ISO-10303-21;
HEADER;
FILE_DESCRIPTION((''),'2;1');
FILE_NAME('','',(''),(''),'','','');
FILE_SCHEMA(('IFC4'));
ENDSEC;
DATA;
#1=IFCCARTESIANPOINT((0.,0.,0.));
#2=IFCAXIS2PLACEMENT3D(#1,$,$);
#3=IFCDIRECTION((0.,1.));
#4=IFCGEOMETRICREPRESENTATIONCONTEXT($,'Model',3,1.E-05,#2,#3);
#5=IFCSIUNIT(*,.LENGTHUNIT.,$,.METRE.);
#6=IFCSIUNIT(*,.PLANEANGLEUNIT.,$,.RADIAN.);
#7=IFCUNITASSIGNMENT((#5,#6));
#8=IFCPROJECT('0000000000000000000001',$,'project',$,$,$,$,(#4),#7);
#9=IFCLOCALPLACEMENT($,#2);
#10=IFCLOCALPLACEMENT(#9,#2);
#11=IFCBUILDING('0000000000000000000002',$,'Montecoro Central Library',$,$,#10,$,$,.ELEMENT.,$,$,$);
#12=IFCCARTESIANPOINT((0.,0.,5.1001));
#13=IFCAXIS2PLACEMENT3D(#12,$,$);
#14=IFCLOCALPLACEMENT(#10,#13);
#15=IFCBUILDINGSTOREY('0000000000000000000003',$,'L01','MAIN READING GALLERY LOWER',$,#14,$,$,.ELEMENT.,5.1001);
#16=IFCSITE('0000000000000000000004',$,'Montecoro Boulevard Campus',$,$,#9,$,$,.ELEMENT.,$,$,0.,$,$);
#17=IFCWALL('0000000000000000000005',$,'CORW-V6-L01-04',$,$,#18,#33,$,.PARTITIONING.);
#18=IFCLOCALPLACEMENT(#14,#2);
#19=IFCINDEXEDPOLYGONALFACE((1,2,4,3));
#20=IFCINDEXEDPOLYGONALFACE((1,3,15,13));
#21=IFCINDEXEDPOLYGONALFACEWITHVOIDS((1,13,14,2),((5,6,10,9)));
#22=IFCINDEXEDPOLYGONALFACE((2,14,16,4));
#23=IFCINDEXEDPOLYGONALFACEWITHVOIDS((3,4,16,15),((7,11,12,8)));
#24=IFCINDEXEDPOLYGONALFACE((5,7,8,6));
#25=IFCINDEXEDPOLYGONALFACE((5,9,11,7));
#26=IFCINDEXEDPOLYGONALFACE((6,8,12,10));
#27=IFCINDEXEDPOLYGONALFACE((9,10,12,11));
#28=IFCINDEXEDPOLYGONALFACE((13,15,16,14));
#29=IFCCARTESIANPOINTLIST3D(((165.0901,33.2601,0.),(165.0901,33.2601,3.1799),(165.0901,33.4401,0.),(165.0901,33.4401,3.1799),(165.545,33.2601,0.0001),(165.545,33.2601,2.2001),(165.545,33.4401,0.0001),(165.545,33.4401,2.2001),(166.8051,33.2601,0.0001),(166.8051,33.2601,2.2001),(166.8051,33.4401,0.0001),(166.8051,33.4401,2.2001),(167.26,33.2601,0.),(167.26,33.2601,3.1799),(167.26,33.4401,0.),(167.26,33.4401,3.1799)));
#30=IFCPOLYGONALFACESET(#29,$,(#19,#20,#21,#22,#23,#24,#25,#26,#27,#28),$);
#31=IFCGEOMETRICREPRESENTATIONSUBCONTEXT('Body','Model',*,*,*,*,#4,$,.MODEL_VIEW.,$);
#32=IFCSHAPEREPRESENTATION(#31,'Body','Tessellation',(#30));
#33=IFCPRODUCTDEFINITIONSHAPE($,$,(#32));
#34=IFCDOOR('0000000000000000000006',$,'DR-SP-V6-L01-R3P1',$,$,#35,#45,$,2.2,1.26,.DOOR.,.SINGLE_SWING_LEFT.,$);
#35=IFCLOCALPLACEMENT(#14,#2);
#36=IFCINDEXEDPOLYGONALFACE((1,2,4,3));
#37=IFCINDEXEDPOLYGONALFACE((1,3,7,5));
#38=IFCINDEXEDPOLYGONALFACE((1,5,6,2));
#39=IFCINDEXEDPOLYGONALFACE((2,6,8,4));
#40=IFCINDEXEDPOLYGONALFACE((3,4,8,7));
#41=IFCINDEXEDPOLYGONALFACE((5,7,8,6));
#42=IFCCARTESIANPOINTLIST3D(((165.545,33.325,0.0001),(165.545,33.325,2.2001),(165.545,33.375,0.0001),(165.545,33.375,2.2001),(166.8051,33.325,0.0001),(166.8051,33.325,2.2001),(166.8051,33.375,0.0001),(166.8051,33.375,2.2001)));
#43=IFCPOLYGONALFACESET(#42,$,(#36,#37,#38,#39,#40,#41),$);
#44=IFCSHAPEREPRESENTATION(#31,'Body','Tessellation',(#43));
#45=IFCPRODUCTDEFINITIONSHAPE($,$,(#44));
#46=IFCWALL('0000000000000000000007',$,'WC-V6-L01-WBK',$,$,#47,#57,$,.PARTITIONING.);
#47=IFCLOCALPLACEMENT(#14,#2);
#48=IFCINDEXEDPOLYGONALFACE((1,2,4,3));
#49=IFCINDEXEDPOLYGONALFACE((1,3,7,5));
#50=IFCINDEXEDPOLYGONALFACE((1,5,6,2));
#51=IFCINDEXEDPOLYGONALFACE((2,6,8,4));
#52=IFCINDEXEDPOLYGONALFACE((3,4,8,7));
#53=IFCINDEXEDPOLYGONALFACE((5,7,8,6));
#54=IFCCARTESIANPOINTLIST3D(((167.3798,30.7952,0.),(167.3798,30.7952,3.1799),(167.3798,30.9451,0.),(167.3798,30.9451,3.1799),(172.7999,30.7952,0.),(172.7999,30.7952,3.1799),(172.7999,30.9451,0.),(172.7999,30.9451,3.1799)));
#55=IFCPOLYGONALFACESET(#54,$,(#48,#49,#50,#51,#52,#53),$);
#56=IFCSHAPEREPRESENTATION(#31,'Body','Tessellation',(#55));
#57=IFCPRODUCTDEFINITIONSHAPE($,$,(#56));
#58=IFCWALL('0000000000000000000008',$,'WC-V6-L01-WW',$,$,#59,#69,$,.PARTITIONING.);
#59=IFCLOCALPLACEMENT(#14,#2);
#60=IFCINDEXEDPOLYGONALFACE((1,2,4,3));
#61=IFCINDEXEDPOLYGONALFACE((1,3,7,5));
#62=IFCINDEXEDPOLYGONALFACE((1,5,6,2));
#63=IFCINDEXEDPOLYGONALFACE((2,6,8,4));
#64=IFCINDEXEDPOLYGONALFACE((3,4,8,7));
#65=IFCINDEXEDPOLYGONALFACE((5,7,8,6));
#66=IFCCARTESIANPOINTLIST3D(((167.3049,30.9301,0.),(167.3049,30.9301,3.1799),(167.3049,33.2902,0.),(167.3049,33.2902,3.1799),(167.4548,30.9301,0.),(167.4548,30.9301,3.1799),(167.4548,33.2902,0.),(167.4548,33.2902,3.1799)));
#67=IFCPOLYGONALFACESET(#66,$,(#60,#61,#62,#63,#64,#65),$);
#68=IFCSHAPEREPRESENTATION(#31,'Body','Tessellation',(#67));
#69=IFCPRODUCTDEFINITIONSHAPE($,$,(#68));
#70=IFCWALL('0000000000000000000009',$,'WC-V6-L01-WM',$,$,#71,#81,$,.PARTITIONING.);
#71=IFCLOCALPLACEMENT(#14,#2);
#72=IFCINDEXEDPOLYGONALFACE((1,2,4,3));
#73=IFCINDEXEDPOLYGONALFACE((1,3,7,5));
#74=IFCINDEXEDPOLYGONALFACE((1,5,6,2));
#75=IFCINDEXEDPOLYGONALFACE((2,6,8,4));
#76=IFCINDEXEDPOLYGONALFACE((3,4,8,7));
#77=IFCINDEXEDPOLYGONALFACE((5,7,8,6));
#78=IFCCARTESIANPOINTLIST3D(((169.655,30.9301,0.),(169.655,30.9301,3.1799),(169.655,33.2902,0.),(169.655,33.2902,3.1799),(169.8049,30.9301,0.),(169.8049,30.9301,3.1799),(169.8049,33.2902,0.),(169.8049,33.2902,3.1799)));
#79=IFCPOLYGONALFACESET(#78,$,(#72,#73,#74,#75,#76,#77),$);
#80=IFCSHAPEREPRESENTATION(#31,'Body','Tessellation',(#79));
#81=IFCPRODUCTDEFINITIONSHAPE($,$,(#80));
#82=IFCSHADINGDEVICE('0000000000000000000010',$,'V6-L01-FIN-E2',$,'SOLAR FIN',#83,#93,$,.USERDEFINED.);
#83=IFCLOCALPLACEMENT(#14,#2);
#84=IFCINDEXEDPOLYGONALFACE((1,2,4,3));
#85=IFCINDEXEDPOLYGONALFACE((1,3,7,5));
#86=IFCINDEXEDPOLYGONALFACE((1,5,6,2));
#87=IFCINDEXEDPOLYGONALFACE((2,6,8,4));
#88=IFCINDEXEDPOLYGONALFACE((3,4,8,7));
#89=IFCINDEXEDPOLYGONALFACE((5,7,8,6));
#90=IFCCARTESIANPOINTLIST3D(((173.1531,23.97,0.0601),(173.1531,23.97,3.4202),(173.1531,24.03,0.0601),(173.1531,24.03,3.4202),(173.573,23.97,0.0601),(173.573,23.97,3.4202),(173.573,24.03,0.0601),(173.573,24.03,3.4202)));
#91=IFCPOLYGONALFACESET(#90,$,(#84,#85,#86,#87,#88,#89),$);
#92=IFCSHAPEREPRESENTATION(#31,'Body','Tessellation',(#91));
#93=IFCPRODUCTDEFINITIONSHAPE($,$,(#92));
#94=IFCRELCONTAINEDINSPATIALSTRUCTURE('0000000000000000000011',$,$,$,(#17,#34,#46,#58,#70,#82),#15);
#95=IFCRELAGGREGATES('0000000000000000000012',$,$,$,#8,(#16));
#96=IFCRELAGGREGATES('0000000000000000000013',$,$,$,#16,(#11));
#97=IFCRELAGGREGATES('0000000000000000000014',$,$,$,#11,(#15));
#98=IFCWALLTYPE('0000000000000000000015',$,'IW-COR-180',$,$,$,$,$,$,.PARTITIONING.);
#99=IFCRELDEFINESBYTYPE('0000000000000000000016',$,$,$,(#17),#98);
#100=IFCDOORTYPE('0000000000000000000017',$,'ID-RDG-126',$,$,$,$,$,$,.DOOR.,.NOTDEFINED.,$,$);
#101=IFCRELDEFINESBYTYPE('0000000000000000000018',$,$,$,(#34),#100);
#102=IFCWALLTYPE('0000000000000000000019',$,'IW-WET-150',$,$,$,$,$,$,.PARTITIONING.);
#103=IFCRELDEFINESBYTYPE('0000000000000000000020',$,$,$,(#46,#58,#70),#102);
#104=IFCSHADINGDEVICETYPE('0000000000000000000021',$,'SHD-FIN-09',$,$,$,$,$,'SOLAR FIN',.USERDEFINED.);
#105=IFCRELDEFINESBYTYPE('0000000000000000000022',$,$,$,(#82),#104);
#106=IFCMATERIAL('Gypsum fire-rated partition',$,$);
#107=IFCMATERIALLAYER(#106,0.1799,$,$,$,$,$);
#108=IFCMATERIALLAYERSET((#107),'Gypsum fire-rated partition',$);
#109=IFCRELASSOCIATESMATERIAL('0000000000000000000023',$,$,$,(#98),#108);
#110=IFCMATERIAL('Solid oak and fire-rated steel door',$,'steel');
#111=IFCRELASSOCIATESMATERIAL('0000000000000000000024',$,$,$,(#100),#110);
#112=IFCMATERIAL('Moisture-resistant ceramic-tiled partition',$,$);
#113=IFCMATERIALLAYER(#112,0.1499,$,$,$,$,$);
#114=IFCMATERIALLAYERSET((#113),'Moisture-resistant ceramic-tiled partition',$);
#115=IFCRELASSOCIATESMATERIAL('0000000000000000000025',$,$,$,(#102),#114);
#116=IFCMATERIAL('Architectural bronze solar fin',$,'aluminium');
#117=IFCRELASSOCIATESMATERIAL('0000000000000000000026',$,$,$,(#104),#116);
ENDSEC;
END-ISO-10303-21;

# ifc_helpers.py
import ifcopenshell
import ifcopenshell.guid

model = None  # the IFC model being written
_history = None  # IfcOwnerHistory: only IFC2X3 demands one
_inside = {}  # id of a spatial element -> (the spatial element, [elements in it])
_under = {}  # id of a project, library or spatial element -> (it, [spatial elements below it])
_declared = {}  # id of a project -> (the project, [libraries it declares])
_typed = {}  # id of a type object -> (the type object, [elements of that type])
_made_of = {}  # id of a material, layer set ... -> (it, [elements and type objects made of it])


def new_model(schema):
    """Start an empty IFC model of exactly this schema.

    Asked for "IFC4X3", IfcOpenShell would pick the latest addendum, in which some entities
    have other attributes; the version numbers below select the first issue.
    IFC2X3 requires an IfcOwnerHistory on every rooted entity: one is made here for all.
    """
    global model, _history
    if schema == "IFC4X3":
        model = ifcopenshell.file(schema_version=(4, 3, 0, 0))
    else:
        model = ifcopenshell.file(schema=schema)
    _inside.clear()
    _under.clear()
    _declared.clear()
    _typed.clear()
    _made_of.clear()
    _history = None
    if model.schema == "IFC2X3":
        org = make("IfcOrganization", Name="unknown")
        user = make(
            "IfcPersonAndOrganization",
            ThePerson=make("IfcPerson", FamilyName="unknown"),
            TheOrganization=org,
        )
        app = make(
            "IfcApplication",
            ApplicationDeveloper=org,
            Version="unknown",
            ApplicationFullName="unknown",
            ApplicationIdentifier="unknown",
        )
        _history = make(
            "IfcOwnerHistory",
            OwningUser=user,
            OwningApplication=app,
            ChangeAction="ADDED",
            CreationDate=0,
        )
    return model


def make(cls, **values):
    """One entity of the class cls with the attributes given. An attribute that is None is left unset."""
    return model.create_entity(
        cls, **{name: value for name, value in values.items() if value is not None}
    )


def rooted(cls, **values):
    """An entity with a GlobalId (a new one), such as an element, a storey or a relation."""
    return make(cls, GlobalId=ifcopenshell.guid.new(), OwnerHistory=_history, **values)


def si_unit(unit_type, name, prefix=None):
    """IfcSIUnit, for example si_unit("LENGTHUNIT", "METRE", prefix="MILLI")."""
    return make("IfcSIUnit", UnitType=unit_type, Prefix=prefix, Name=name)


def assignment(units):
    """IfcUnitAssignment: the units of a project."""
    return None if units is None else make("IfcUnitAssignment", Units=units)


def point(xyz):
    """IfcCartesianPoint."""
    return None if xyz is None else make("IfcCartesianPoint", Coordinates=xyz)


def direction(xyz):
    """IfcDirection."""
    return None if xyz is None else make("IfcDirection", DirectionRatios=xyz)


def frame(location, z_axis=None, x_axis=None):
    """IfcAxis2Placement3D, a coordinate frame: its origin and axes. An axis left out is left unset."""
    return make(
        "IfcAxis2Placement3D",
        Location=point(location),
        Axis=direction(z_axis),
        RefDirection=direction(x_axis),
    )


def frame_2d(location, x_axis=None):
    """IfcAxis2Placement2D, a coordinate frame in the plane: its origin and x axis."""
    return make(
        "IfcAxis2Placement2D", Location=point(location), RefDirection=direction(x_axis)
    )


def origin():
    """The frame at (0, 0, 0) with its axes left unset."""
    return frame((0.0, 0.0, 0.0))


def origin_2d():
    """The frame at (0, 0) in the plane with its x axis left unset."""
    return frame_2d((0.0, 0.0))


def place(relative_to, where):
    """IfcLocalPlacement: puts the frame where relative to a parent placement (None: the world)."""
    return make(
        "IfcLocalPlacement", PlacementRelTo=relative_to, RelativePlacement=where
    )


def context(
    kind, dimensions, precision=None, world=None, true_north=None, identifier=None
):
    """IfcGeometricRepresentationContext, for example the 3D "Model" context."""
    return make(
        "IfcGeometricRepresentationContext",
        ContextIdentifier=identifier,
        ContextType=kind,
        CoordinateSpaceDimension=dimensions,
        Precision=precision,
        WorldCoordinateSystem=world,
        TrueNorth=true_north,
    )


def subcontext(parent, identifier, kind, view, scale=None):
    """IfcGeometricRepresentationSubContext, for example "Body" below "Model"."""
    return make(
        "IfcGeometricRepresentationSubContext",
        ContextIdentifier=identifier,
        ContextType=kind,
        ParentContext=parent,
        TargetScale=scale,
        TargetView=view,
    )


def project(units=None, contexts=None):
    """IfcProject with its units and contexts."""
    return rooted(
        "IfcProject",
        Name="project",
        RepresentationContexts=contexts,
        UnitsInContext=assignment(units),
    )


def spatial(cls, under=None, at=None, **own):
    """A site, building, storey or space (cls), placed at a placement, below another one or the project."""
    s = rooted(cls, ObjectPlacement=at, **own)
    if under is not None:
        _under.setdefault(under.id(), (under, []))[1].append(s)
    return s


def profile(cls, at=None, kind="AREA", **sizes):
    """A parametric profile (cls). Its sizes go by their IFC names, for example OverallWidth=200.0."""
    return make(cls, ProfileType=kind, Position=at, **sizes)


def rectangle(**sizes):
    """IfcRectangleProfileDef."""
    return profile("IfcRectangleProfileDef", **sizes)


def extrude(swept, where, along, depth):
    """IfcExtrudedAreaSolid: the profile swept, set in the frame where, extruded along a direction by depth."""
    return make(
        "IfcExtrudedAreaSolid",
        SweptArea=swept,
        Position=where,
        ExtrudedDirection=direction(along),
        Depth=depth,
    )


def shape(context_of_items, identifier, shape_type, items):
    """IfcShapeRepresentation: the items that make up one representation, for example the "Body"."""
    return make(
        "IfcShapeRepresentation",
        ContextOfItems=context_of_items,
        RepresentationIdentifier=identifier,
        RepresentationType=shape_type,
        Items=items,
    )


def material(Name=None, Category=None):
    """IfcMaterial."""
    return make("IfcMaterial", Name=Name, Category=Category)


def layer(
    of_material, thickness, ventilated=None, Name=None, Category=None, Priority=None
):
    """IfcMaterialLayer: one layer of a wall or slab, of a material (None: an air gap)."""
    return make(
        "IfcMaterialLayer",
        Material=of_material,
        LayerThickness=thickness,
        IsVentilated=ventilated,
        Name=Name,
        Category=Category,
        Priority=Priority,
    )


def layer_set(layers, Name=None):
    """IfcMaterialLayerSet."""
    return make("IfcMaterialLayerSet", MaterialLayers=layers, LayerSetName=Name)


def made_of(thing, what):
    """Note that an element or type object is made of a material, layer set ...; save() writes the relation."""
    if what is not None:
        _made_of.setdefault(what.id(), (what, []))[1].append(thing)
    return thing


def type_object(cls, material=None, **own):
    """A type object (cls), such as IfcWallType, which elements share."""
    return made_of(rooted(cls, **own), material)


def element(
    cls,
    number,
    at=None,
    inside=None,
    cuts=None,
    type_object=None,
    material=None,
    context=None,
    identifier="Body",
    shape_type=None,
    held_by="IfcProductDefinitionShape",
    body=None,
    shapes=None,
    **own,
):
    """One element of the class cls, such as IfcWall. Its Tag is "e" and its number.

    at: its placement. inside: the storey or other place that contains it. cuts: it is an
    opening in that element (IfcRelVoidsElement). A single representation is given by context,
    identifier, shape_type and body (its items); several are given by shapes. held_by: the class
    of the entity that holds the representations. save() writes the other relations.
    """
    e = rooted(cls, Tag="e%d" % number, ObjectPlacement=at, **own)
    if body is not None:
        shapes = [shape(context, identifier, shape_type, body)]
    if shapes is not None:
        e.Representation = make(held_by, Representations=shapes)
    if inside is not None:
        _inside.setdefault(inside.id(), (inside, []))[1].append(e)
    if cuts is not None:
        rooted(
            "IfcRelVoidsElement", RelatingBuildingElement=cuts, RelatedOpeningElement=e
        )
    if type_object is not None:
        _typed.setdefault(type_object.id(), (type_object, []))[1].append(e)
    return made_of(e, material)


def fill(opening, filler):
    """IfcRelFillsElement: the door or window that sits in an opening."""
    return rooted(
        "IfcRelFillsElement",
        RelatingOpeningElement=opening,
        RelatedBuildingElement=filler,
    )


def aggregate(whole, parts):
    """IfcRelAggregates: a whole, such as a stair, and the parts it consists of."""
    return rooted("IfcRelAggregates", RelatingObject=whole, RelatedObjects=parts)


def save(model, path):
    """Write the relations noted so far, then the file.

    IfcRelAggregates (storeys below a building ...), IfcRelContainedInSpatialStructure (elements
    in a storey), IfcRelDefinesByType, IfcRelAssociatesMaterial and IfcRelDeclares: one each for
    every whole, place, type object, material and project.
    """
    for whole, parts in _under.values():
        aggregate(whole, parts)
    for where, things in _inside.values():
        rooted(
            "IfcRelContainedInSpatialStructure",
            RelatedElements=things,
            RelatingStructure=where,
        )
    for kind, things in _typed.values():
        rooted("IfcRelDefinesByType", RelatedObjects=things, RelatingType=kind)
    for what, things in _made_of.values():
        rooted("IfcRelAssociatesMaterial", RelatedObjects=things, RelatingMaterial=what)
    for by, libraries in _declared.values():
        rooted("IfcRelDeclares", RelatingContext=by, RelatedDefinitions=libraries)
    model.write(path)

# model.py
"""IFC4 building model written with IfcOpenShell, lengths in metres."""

from ifc_helpers import new_model, si_unit, direction, frame, frame_2d, origin, origin_2d, place, context, subcontext, project, spatial, rectangle, extrude, material, layer, layer_set, type_object, element, fill, save


model = new_model("IFC4")

# Units and contexts
model_context = context("Model", 3, precision=1e-05, world=origin(), true_north=direction((0.0, 1.0)))
body_context = subcontext(model_context, "Body", "Model", "MODEL_VIEW")
ifc_project = project(units=[si_unit("LENGTHUNIT", "METRE"), si_unit("PLANEANGLEUNIT", "RADIAN")], contexts=[model_context])

# Site, building, storey
site_placement = place(None, origin())
site = spatial("IfcSite", under=ifc_project, at=site_placement, Name="Montecoro Boulevard Campus", CompositionType="ELEMENT", RefElevation=0.0)
building_placement = place(site_placement, origin())
building = spatial("IfcBuilding", under=site, at=building_placement, Name="Montecoro Central Library", CompositionType="ELEMENT")
storey_placement = place(building_placement, frame((0.0, 0.0, 5.1001)))
storey = spatial("IfcBuildingStorey", under=building, at=storey_placement, Name="L01", Description="MAIN READING GALLERY LOWER", CompositionType="ELEMENT", Elevation=5.1001)

# Wall, opening, door
ifc_material_1 = material(Name="Gypsum fire-rated partition")
ifc_layer_1 = layer(ifc_material_1, 0.1799)
ifc_layer_set_1 = layer_set([ifc_layer_1], Name="Gypsum fire-rated partition")
wall_type_1 = type_object("IfcWallType", Name="IW-COR-180", PredefinedType="PARTITIONING", material=ifc_layer_set_1)
wall_1_placement = place(storey_placement, frame((165.0901, 33.3501, 0.0), z_axis=(0.0, 0.0, 1.0), x_axis=(1.0, 0.0, 0.0)))
wall_1 = element("IfcWall", 1, at=wall_1_placement, inside=storey, type_object=wall_type_1, Name="CORW-V6-L01-04", PredefinedType="PARTITIONING", context=body_context, shape_type="SweptSolid", body=[
    extrude(rectangle(XDim=2.1699, YDim=0.1799, at=frame_2d((1.085, 0.0))), origin(), (0.0, 0.0, 1.0), 3.1799),
])
opening_1_placement = place(wall_1_placement, frame((0.4551, 0.0, 0.0)))
opening_1 = element("IfcOpeningElement", 2, at=opening_1_placement, cuts=wall_1, PredefinedType="OPENING", context=body_context, shape_type="SweptSolid", body=[
    extrude(rectangle(XDim=1.26, YDim=2.2, at=frame_2d((0.6299, 1.1001))), frame((0.0, 0.0999, 0.0), z_axis=(0.0, -1.0, 0.0), x_axis=(1.0, 0.0, 0.0)), (0.0, 0.0, 1.0), 0.2),
])
ifc_material_2 = material(Name="Solid oak and fire-rated steel door", Category="steel")
door_type_1 = type_object("IfcDoorType", Name="ID-RDG-126", OperationType="NOTDEFINED", PredefinedType="DOOR", material=ifc_material_2)
door_1_placement = place(opening_1_placement, origin())
door_1 = element("IfcDoor", 3, at=door_1_placement, inside=storey, type_object=door_type_1, Name="DR-SP-V6-L01-R3P1", OperationType="SINGLE_SWING_LEFT", OverallHeight=2.2, OverallWidth=1.26, PredefinedType="DOOR", context=body_context, shape_type="SweptSolid", body=[
    extrude(rectangle(XDim=1.26, YDim=2.2, at=frame_2d((0.6299, 1.1001))), frame((0.0, 0.0249, 0.0), z_axis=(0.0, -1.0, 0.0), x_axis=(1.0, 0.0, 0.0)), (0.0, 0.0, 1.0), 0.05),
])
fill(opening_1, door_1)

# Walls
ifc_material_3 = material(Name="Moisture-resistant ceramic-tiled partition")
ifc_layer_2 = layer(ifc_material_3, 0.1499)
ifc_layer_set_2 = layer_set([ifc_layer_2], Name="Moisture-resistant ceramic-tiled partition")
wall_type_2 = type_object("IfcWallType", Name="IW-WET-150", PredefinedType="PARTITIONING", material=ifc_layer_set_2)
wall_2_placement = place(storey_placement, frame((167.3799, 30.8701, 0.0), z_axis=(0.0, 0.0, 1.0), x_axis=(1.0, 0.0, 0.0)))
element("IfcWall", 4, at=wall_2_placement, inside=storey, type_object=wall_type_2, Name="WC-V6-L01-WBK", PredefinedType="PARTITIONING", context=body_context, shape_type="SweptSolid", body=[
    extrude(rectangle(XDim=5.4202, YDim=0.1499, at=frame_2d((2.71, 0.0))), origin(), (0.0, 0.0, 1.0), 3.1799),
])
for number, where, z_axis, x_axis, name in (
    (5, (167.3799, 30.9299, 0.0), (0.0, 0.0, 1.0), (0.0, 1.0, 0.0), "WC-V6-L01-WW"),
    (6, (169.73, 30.9299, 0.0), (0.0, 0.0, 1.0), (0.0, 1.0, 0.0), "WC-V6-L01-WM"),
):
    element("IfcWall", number, at=place(storey_placement, frame(where, z_axis=z_axis, x_axis=x_axis)), inside=storey, type_object=wall_type_2, Name=name, PredefinedType="PARTITIONING", context=body_context, shape_type="SweptSolid", body=[
        extrude(rectangle(XDim=2.3601, YDim=0.1499, at=frame_2d((1.1802, 0.0))), origin(), (0.0, 0.0, 1.0), 3.1799),
    ])

# Shading device
ifc_material_4 = material(Name="Architectural bronze solar fin", Category="aluminium")
shading_device_type = type_object("IfcShadingDeviceType", Name="SHD-FIN-09", ElementType="SOLAR FIN", PredefinedType="USERDEFINED", material=ifc_material_4)
shading_device_placement = place(storey_placement, frame((173.363, 24.0, 0.0601), z_axis=(0.0, 0.0, 1.0), x_axis=(0.0, 1.0, 0.0)))
element("IfcShadingDevice", 7, at=shading_device_placement, inside=storey, type_object=shading_device_type, Name="V6-L01-FIN-E2", ObjectType="SOLAR FIN", PredefinedType="USERDEFINED", context=body_context, shape_type="SweptSolid", body=[
    extrude(rectangle(XDim=0.0601, YDim=0.4199, at=origin_2d()), origin(), (0.0, 0.0, 1.0), 3.3601),
])

save(model, "model.ifc")
